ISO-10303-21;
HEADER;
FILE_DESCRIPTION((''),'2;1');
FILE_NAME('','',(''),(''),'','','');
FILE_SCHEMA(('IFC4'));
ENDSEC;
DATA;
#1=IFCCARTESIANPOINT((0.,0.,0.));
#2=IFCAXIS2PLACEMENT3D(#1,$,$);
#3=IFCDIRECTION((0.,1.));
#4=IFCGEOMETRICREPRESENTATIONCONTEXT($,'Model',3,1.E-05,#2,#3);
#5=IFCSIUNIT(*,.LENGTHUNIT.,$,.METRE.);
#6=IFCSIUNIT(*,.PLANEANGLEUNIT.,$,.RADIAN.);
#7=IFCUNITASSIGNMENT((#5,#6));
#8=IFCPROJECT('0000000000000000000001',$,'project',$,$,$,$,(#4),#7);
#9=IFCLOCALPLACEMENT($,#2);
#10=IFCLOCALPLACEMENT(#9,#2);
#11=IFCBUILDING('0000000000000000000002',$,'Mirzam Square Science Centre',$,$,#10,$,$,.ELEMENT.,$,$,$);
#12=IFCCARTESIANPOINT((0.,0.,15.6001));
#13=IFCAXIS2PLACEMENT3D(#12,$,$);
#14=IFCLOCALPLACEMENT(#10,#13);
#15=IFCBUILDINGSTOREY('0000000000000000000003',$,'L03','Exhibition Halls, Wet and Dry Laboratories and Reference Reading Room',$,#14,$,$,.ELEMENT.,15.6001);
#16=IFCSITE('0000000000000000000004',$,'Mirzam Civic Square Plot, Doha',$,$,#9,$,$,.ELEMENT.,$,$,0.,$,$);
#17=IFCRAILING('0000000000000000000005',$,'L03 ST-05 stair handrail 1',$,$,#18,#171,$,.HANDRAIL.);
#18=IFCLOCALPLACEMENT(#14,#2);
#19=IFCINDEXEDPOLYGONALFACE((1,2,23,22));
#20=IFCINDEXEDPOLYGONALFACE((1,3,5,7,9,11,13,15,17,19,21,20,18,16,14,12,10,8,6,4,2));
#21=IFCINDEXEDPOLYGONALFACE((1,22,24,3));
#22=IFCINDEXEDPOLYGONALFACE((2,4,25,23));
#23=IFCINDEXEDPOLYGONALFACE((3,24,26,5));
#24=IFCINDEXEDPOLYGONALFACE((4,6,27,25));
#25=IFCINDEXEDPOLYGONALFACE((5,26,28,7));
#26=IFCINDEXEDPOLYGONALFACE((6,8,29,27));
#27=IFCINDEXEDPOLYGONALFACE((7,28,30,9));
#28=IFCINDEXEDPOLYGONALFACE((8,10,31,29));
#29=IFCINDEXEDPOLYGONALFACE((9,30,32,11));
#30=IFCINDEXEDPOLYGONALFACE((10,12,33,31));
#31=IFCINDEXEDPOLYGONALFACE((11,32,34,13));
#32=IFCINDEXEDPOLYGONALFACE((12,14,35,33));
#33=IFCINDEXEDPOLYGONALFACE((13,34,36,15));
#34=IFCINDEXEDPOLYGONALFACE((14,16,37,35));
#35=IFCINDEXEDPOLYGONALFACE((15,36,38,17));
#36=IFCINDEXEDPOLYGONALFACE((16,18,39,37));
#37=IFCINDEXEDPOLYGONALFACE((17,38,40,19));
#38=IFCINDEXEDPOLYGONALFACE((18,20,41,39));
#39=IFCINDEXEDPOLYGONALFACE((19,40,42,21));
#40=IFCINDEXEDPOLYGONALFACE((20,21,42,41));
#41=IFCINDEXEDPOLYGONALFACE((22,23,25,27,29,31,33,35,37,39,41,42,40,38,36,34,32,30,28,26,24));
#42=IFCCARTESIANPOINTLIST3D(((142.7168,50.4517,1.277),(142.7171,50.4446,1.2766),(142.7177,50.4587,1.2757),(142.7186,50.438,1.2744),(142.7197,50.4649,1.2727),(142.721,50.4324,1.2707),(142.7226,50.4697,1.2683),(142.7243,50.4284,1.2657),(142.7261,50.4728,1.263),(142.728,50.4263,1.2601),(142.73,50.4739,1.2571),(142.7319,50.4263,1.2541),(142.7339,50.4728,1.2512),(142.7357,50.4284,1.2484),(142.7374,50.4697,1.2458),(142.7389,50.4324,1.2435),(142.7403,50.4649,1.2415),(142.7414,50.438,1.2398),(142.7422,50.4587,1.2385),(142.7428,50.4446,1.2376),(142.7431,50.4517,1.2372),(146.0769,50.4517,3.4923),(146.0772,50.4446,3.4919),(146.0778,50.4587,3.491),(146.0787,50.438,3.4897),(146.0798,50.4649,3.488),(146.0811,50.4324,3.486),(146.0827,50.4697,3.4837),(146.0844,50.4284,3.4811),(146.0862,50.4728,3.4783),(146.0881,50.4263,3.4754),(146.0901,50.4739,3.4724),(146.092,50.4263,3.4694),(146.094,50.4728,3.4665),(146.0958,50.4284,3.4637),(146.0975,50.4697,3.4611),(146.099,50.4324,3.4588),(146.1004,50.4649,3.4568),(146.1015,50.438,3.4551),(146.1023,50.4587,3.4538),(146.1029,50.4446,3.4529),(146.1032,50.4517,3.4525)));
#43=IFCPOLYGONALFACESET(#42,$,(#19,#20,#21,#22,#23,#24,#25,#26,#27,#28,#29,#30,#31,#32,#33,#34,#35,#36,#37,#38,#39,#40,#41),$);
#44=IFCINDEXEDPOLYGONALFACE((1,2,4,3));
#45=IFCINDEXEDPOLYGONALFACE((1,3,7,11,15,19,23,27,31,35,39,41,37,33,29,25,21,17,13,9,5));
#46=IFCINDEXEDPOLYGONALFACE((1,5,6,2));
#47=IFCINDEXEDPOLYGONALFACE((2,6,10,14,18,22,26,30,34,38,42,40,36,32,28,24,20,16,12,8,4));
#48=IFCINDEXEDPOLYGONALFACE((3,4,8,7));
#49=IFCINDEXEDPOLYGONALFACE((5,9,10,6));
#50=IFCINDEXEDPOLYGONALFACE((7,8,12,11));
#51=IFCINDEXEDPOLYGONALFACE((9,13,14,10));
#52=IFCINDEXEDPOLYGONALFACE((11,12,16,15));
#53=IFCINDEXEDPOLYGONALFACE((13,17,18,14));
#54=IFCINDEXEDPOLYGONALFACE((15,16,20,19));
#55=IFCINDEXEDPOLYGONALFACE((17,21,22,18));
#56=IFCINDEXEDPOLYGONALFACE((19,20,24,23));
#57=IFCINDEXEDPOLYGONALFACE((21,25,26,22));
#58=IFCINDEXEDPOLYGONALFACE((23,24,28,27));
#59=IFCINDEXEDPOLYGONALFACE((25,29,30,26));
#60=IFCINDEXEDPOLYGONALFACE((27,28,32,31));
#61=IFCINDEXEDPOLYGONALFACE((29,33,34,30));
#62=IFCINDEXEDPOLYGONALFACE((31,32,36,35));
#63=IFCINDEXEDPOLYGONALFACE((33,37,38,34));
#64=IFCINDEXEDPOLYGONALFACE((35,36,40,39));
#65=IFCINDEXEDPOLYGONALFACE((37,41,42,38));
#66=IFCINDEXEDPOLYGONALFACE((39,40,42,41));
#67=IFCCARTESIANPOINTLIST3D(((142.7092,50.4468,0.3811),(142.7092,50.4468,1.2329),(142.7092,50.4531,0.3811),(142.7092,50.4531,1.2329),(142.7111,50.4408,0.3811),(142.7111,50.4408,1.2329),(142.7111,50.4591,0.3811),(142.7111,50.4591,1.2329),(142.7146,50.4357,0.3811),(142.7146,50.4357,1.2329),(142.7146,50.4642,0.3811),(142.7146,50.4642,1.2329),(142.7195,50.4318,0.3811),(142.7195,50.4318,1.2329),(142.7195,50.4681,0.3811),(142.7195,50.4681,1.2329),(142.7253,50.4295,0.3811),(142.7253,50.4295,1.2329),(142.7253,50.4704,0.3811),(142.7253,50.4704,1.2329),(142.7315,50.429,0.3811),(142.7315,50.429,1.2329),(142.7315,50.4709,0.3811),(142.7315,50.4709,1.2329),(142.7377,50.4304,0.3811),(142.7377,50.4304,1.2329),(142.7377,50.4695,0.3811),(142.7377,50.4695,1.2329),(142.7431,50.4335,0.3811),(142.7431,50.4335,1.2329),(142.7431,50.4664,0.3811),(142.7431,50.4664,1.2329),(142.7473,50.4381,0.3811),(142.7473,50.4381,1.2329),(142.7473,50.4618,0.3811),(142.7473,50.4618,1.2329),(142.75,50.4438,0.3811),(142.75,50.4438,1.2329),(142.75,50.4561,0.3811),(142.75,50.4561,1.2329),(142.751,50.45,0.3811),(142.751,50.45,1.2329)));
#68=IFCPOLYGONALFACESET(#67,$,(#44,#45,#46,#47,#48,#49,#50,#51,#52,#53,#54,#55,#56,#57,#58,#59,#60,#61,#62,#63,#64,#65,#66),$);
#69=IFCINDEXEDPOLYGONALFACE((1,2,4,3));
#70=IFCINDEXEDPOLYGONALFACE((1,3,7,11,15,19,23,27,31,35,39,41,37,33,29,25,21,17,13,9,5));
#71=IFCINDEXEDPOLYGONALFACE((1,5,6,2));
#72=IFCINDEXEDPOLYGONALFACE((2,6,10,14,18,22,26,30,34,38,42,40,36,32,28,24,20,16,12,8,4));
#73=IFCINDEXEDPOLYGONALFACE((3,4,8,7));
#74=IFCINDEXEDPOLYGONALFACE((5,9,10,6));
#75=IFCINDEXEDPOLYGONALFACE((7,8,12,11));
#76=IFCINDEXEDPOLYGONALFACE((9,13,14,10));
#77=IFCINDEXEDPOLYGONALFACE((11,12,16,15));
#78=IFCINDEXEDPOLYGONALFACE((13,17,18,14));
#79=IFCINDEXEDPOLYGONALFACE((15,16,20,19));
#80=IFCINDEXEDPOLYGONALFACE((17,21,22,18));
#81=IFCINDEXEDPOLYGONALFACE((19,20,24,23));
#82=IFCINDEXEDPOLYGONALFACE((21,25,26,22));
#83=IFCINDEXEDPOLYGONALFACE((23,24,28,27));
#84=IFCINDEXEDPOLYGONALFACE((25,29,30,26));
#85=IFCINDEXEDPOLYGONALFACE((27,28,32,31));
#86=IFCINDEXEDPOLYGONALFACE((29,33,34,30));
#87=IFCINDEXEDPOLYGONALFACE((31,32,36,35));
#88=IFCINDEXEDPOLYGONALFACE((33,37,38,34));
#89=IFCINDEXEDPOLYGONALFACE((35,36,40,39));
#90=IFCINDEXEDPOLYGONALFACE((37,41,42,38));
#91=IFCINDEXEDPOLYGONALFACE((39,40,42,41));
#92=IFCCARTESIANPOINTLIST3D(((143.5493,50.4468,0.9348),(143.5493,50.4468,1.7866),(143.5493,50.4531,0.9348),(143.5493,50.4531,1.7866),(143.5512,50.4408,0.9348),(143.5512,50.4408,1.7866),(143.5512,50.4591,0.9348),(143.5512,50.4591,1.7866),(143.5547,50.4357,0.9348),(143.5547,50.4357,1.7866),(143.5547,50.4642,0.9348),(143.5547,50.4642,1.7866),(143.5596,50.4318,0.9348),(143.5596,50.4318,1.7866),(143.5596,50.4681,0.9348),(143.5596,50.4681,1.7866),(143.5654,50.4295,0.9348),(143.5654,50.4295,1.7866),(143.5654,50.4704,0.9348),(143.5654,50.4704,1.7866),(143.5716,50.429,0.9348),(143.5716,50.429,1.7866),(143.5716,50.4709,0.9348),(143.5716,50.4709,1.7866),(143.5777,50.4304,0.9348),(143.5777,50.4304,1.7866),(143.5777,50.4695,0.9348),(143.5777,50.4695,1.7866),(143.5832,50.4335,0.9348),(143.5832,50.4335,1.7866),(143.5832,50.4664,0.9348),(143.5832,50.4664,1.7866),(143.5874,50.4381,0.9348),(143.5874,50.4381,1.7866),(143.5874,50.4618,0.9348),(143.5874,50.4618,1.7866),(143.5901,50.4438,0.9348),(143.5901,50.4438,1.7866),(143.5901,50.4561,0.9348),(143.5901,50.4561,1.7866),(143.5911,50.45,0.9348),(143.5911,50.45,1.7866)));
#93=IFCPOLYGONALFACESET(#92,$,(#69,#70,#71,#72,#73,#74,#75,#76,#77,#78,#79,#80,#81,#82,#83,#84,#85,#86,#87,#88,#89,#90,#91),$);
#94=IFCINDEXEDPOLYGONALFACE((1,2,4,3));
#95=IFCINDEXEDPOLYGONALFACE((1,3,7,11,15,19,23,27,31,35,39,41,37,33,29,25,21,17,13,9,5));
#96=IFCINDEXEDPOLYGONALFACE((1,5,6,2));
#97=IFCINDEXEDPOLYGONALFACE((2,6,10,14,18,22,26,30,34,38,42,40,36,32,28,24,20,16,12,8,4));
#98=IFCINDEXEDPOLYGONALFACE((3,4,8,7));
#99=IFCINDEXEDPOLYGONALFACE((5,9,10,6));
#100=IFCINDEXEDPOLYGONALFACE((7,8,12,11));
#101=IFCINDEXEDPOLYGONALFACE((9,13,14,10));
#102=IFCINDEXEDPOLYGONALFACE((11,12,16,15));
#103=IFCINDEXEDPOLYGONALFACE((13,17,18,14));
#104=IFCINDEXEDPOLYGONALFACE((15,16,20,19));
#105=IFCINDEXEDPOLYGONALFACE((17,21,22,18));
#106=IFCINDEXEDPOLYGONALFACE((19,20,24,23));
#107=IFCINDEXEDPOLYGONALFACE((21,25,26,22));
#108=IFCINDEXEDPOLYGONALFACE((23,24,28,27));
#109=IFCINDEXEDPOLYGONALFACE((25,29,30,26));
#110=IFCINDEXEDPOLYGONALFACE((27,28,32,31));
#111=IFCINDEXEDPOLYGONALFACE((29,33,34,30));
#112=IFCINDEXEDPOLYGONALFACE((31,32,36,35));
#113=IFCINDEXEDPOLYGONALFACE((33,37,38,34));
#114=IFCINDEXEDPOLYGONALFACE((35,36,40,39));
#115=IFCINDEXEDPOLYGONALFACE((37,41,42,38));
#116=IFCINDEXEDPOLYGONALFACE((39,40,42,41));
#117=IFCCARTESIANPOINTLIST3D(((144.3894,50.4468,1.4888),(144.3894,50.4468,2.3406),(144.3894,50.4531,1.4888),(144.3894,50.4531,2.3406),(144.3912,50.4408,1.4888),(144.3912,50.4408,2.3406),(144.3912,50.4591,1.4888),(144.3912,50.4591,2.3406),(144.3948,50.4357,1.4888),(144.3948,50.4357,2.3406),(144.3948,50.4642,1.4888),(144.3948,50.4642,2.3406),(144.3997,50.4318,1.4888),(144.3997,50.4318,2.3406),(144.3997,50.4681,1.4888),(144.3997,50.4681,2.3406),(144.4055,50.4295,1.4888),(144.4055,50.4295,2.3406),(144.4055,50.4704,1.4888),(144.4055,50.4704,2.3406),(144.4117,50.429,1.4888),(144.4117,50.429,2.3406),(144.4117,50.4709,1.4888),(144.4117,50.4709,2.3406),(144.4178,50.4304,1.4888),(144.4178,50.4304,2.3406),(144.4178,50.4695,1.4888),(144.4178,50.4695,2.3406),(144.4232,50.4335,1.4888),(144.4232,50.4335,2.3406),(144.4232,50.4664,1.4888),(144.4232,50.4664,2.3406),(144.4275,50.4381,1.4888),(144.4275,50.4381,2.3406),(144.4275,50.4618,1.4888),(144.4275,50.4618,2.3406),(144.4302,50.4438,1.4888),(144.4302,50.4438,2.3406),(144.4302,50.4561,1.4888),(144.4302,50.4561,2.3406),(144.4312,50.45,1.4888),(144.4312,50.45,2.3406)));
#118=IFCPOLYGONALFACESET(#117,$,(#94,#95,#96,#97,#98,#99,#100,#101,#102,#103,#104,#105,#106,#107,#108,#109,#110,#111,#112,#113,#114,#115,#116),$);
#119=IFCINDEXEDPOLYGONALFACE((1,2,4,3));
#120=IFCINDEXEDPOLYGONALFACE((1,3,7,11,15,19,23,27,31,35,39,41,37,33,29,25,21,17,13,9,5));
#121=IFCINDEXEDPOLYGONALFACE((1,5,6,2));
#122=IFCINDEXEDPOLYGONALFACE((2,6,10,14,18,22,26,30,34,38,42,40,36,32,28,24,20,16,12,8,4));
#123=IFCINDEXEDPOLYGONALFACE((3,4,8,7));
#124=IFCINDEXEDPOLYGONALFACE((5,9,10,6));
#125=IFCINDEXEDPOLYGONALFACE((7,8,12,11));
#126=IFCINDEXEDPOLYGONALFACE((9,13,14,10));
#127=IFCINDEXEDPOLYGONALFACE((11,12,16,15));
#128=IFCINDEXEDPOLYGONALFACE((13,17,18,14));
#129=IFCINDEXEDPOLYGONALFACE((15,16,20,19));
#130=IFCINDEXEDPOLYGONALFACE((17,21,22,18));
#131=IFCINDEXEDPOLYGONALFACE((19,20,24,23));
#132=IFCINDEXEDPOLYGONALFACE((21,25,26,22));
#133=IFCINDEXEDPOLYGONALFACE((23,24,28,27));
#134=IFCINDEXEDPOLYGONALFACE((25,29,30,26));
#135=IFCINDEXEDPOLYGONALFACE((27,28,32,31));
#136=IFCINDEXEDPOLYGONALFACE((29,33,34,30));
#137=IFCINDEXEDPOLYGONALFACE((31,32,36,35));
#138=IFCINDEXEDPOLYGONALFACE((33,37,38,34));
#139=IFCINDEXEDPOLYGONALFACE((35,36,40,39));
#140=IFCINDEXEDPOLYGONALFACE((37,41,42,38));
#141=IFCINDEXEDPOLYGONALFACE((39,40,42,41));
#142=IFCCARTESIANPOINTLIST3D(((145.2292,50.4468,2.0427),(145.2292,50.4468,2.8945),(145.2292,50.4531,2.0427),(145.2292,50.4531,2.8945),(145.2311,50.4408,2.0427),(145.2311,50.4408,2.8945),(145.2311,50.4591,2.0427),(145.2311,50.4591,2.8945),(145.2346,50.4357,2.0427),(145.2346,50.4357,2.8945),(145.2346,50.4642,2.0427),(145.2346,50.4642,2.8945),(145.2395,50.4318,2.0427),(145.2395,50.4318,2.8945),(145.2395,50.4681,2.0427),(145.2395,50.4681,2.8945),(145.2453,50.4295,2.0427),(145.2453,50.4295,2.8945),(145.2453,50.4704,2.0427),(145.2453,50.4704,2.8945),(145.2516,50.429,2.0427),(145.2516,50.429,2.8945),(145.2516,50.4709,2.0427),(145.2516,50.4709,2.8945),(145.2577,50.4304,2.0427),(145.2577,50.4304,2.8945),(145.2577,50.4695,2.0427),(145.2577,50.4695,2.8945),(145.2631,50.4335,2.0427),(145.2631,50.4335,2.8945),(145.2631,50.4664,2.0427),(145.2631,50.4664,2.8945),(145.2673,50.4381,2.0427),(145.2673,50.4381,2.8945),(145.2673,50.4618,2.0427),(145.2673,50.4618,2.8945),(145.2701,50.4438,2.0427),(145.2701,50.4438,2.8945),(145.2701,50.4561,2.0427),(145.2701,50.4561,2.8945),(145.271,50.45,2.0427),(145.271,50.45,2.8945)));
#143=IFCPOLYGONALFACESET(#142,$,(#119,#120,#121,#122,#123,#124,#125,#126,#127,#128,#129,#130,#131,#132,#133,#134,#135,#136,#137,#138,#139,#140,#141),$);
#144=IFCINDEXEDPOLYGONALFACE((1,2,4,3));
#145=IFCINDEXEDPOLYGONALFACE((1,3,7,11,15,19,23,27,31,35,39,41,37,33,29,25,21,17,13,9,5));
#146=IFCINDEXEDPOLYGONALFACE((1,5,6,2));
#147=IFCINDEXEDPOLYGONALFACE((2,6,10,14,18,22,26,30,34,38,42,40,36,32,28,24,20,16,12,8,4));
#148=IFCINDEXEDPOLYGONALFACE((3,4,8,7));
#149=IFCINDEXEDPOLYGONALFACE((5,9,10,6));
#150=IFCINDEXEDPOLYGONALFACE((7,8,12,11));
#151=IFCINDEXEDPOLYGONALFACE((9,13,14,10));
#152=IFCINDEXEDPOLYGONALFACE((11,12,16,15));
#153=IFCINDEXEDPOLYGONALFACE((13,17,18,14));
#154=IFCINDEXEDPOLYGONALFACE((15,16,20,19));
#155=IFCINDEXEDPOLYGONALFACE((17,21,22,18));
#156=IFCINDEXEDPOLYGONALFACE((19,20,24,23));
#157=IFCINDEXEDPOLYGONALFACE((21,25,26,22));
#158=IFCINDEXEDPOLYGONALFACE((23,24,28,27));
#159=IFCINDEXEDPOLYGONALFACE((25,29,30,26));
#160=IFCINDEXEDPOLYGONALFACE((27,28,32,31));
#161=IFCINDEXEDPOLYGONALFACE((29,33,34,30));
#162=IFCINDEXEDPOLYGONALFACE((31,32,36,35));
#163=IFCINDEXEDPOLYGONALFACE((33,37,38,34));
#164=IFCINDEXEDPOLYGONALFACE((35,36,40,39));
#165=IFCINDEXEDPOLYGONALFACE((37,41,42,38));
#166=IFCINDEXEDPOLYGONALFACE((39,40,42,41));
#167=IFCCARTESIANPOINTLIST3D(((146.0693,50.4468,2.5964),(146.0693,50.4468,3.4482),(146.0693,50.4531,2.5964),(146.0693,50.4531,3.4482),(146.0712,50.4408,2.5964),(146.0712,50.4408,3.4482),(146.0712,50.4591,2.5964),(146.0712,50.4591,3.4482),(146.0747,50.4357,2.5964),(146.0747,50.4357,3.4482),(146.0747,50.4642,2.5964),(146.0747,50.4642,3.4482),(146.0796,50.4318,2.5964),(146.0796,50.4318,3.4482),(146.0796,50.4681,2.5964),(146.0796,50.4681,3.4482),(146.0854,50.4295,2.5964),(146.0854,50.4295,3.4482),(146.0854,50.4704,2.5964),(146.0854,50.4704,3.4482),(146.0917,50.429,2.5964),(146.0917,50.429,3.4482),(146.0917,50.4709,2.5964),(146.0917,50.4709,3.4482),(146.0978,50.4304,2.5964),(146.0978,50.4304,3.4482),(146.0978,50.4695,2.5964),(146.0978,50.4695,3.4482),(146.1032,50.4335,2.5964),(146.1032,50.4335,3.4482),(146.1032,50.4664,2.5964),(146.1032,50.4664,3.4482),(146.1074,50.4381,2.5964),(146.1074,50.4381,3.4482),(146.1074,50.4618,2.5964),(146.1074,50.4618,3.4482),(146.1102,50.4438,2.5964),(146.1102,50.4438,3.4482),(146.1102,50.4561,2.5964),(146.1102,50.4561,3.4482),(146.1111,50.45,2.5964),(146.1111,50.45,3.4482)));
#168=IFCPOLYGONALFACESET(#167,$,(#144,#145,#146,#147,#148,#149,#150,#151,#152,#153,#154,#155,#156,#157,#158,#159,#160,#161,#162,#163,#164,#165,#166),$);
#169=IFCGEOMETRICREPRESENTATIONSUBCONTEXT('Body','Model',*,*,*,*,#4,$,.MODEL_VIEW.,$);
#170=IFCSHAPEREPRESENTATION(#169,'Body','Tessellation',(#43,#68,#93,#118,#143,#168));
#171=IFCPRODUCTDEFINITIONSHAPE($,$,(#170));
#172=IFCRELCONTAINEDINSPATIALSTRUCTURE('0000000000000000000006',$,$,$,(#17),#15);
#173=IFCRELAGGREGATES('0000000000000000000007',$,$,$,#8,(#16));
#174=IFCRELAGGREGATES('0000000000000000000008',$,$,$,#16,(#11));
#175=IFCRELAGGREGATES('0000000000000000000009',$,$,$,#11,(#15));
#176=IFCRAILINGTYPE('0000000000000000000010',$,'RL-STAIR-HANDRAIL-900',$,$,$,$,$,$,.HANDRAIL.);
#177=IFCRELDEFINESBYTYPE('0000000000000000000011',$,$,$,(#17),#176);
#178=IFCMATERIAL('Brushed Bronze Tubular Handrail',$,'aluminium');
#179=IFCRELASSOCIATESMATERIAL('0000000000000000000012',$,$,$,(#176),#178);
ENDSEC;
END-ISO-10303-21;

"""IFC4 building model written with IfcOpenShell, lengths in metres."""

from ifc_helpers import new_model, si_unit, direction, frame, origin, origin_2d, place, context, subcontext, project, spatial, circle, extrude, material, type_object, element, save


model = new_model("IFC4")

# Units and contexts
model_context = context("Model", 3, precision=1e-05, world=origin(), true_north=direction((0.0, 1.0)))
body_context = subcontext(model_context, "Body", "Model", "MODEL_VIEW")
ifc_project = project(units=[si_unit("LENGTHUNIT", "METRE"), si_unit("PLANEANGLEUNIT", "RADIAN")], contexts=[model_context])

# Site, building, storey
site_placement = place(None, origin())
site = spatial("IfcSite", under=ifc_project, at=site_placement, Name="Mirzam Civic Square Plot, Doha", CompositionType="ELEMENT", RefElevation=0.0)
building_placement = place(site_placement, origin())
building = spatial("IfcBuilding", under=site, at=building_placement, Name="Mirzam Square Science Centre", CompositionType="ELEMENT")
storey_placement = place(building_placement, frame((0.0, 0.0, 15.6001)))
storey = spatial("IfcBuildingStorey", under=building, at=storey_placement, Name="L03", Description="Exhibition Halls, Wet and Dry Laboratories and Reference Reading Room", CompositionType="ELEMENT", Elevation=15.6001)

# Railing
ifc_material_1 = material(Name="Brushed Bronze Tubular Handrail", Category="aluminium")
railing_type_1 = type_object("IfcRailingType", Name="RL-STAIR-HANDRAIL-900", PredefinedType="HANDRAIL", material=ifc_material_1)
railing_1_placement = place(storey_placement, frame((142.73, 50.45, 0.3811)))
element("IfcRailing", 1, at=railing_1_placement, inside=storey, type_object=railing_type_1, Name="L03 ST-05 stair handrail 1", PredefinedType="HANDRAIL", context=body_context, shape_type="SweptSolid", body=[
    extrude(circle(Radius=0.0239, at=origin_2d()), frame((0.0, 0.0, 0.876), z_axis=(0.834876, 0.0, 0.550437), x_axis=(0.0, 1.0, 0.0)), (0.0, 0.0, 1.0), 4.0247),
    extrude(circle(Radius=0.021, at=origin_2d()), origin(), (0.0, 0.0, 1.0), 0.8518),
    extrude(circle(Radius=0.021, at=origin_2d()), frame((0.8401, 0.0, 0.5537)), (0.0, 0.0, 1.0), 0.8518),
    extrude(circle(Radius=0.021, at=origin_2d()), frame((1.6802, 0.0, 1.1077)), (0.0, 0.0, 1.0), 0.8518),
    extrude(circle(Radius=0.021, at=origin_2d()), frame((2.52, 0.0, 1.6616)), (0.0, 0.0, 1.0), 0.8518),
    extrude(circle(Radius=0.021, at=origin_2d()), frame((3.3601, 0.0, 2.2153)), (0.0, 0.0, 1.0), 0.8518),
])

save(model, "model.ifc")
